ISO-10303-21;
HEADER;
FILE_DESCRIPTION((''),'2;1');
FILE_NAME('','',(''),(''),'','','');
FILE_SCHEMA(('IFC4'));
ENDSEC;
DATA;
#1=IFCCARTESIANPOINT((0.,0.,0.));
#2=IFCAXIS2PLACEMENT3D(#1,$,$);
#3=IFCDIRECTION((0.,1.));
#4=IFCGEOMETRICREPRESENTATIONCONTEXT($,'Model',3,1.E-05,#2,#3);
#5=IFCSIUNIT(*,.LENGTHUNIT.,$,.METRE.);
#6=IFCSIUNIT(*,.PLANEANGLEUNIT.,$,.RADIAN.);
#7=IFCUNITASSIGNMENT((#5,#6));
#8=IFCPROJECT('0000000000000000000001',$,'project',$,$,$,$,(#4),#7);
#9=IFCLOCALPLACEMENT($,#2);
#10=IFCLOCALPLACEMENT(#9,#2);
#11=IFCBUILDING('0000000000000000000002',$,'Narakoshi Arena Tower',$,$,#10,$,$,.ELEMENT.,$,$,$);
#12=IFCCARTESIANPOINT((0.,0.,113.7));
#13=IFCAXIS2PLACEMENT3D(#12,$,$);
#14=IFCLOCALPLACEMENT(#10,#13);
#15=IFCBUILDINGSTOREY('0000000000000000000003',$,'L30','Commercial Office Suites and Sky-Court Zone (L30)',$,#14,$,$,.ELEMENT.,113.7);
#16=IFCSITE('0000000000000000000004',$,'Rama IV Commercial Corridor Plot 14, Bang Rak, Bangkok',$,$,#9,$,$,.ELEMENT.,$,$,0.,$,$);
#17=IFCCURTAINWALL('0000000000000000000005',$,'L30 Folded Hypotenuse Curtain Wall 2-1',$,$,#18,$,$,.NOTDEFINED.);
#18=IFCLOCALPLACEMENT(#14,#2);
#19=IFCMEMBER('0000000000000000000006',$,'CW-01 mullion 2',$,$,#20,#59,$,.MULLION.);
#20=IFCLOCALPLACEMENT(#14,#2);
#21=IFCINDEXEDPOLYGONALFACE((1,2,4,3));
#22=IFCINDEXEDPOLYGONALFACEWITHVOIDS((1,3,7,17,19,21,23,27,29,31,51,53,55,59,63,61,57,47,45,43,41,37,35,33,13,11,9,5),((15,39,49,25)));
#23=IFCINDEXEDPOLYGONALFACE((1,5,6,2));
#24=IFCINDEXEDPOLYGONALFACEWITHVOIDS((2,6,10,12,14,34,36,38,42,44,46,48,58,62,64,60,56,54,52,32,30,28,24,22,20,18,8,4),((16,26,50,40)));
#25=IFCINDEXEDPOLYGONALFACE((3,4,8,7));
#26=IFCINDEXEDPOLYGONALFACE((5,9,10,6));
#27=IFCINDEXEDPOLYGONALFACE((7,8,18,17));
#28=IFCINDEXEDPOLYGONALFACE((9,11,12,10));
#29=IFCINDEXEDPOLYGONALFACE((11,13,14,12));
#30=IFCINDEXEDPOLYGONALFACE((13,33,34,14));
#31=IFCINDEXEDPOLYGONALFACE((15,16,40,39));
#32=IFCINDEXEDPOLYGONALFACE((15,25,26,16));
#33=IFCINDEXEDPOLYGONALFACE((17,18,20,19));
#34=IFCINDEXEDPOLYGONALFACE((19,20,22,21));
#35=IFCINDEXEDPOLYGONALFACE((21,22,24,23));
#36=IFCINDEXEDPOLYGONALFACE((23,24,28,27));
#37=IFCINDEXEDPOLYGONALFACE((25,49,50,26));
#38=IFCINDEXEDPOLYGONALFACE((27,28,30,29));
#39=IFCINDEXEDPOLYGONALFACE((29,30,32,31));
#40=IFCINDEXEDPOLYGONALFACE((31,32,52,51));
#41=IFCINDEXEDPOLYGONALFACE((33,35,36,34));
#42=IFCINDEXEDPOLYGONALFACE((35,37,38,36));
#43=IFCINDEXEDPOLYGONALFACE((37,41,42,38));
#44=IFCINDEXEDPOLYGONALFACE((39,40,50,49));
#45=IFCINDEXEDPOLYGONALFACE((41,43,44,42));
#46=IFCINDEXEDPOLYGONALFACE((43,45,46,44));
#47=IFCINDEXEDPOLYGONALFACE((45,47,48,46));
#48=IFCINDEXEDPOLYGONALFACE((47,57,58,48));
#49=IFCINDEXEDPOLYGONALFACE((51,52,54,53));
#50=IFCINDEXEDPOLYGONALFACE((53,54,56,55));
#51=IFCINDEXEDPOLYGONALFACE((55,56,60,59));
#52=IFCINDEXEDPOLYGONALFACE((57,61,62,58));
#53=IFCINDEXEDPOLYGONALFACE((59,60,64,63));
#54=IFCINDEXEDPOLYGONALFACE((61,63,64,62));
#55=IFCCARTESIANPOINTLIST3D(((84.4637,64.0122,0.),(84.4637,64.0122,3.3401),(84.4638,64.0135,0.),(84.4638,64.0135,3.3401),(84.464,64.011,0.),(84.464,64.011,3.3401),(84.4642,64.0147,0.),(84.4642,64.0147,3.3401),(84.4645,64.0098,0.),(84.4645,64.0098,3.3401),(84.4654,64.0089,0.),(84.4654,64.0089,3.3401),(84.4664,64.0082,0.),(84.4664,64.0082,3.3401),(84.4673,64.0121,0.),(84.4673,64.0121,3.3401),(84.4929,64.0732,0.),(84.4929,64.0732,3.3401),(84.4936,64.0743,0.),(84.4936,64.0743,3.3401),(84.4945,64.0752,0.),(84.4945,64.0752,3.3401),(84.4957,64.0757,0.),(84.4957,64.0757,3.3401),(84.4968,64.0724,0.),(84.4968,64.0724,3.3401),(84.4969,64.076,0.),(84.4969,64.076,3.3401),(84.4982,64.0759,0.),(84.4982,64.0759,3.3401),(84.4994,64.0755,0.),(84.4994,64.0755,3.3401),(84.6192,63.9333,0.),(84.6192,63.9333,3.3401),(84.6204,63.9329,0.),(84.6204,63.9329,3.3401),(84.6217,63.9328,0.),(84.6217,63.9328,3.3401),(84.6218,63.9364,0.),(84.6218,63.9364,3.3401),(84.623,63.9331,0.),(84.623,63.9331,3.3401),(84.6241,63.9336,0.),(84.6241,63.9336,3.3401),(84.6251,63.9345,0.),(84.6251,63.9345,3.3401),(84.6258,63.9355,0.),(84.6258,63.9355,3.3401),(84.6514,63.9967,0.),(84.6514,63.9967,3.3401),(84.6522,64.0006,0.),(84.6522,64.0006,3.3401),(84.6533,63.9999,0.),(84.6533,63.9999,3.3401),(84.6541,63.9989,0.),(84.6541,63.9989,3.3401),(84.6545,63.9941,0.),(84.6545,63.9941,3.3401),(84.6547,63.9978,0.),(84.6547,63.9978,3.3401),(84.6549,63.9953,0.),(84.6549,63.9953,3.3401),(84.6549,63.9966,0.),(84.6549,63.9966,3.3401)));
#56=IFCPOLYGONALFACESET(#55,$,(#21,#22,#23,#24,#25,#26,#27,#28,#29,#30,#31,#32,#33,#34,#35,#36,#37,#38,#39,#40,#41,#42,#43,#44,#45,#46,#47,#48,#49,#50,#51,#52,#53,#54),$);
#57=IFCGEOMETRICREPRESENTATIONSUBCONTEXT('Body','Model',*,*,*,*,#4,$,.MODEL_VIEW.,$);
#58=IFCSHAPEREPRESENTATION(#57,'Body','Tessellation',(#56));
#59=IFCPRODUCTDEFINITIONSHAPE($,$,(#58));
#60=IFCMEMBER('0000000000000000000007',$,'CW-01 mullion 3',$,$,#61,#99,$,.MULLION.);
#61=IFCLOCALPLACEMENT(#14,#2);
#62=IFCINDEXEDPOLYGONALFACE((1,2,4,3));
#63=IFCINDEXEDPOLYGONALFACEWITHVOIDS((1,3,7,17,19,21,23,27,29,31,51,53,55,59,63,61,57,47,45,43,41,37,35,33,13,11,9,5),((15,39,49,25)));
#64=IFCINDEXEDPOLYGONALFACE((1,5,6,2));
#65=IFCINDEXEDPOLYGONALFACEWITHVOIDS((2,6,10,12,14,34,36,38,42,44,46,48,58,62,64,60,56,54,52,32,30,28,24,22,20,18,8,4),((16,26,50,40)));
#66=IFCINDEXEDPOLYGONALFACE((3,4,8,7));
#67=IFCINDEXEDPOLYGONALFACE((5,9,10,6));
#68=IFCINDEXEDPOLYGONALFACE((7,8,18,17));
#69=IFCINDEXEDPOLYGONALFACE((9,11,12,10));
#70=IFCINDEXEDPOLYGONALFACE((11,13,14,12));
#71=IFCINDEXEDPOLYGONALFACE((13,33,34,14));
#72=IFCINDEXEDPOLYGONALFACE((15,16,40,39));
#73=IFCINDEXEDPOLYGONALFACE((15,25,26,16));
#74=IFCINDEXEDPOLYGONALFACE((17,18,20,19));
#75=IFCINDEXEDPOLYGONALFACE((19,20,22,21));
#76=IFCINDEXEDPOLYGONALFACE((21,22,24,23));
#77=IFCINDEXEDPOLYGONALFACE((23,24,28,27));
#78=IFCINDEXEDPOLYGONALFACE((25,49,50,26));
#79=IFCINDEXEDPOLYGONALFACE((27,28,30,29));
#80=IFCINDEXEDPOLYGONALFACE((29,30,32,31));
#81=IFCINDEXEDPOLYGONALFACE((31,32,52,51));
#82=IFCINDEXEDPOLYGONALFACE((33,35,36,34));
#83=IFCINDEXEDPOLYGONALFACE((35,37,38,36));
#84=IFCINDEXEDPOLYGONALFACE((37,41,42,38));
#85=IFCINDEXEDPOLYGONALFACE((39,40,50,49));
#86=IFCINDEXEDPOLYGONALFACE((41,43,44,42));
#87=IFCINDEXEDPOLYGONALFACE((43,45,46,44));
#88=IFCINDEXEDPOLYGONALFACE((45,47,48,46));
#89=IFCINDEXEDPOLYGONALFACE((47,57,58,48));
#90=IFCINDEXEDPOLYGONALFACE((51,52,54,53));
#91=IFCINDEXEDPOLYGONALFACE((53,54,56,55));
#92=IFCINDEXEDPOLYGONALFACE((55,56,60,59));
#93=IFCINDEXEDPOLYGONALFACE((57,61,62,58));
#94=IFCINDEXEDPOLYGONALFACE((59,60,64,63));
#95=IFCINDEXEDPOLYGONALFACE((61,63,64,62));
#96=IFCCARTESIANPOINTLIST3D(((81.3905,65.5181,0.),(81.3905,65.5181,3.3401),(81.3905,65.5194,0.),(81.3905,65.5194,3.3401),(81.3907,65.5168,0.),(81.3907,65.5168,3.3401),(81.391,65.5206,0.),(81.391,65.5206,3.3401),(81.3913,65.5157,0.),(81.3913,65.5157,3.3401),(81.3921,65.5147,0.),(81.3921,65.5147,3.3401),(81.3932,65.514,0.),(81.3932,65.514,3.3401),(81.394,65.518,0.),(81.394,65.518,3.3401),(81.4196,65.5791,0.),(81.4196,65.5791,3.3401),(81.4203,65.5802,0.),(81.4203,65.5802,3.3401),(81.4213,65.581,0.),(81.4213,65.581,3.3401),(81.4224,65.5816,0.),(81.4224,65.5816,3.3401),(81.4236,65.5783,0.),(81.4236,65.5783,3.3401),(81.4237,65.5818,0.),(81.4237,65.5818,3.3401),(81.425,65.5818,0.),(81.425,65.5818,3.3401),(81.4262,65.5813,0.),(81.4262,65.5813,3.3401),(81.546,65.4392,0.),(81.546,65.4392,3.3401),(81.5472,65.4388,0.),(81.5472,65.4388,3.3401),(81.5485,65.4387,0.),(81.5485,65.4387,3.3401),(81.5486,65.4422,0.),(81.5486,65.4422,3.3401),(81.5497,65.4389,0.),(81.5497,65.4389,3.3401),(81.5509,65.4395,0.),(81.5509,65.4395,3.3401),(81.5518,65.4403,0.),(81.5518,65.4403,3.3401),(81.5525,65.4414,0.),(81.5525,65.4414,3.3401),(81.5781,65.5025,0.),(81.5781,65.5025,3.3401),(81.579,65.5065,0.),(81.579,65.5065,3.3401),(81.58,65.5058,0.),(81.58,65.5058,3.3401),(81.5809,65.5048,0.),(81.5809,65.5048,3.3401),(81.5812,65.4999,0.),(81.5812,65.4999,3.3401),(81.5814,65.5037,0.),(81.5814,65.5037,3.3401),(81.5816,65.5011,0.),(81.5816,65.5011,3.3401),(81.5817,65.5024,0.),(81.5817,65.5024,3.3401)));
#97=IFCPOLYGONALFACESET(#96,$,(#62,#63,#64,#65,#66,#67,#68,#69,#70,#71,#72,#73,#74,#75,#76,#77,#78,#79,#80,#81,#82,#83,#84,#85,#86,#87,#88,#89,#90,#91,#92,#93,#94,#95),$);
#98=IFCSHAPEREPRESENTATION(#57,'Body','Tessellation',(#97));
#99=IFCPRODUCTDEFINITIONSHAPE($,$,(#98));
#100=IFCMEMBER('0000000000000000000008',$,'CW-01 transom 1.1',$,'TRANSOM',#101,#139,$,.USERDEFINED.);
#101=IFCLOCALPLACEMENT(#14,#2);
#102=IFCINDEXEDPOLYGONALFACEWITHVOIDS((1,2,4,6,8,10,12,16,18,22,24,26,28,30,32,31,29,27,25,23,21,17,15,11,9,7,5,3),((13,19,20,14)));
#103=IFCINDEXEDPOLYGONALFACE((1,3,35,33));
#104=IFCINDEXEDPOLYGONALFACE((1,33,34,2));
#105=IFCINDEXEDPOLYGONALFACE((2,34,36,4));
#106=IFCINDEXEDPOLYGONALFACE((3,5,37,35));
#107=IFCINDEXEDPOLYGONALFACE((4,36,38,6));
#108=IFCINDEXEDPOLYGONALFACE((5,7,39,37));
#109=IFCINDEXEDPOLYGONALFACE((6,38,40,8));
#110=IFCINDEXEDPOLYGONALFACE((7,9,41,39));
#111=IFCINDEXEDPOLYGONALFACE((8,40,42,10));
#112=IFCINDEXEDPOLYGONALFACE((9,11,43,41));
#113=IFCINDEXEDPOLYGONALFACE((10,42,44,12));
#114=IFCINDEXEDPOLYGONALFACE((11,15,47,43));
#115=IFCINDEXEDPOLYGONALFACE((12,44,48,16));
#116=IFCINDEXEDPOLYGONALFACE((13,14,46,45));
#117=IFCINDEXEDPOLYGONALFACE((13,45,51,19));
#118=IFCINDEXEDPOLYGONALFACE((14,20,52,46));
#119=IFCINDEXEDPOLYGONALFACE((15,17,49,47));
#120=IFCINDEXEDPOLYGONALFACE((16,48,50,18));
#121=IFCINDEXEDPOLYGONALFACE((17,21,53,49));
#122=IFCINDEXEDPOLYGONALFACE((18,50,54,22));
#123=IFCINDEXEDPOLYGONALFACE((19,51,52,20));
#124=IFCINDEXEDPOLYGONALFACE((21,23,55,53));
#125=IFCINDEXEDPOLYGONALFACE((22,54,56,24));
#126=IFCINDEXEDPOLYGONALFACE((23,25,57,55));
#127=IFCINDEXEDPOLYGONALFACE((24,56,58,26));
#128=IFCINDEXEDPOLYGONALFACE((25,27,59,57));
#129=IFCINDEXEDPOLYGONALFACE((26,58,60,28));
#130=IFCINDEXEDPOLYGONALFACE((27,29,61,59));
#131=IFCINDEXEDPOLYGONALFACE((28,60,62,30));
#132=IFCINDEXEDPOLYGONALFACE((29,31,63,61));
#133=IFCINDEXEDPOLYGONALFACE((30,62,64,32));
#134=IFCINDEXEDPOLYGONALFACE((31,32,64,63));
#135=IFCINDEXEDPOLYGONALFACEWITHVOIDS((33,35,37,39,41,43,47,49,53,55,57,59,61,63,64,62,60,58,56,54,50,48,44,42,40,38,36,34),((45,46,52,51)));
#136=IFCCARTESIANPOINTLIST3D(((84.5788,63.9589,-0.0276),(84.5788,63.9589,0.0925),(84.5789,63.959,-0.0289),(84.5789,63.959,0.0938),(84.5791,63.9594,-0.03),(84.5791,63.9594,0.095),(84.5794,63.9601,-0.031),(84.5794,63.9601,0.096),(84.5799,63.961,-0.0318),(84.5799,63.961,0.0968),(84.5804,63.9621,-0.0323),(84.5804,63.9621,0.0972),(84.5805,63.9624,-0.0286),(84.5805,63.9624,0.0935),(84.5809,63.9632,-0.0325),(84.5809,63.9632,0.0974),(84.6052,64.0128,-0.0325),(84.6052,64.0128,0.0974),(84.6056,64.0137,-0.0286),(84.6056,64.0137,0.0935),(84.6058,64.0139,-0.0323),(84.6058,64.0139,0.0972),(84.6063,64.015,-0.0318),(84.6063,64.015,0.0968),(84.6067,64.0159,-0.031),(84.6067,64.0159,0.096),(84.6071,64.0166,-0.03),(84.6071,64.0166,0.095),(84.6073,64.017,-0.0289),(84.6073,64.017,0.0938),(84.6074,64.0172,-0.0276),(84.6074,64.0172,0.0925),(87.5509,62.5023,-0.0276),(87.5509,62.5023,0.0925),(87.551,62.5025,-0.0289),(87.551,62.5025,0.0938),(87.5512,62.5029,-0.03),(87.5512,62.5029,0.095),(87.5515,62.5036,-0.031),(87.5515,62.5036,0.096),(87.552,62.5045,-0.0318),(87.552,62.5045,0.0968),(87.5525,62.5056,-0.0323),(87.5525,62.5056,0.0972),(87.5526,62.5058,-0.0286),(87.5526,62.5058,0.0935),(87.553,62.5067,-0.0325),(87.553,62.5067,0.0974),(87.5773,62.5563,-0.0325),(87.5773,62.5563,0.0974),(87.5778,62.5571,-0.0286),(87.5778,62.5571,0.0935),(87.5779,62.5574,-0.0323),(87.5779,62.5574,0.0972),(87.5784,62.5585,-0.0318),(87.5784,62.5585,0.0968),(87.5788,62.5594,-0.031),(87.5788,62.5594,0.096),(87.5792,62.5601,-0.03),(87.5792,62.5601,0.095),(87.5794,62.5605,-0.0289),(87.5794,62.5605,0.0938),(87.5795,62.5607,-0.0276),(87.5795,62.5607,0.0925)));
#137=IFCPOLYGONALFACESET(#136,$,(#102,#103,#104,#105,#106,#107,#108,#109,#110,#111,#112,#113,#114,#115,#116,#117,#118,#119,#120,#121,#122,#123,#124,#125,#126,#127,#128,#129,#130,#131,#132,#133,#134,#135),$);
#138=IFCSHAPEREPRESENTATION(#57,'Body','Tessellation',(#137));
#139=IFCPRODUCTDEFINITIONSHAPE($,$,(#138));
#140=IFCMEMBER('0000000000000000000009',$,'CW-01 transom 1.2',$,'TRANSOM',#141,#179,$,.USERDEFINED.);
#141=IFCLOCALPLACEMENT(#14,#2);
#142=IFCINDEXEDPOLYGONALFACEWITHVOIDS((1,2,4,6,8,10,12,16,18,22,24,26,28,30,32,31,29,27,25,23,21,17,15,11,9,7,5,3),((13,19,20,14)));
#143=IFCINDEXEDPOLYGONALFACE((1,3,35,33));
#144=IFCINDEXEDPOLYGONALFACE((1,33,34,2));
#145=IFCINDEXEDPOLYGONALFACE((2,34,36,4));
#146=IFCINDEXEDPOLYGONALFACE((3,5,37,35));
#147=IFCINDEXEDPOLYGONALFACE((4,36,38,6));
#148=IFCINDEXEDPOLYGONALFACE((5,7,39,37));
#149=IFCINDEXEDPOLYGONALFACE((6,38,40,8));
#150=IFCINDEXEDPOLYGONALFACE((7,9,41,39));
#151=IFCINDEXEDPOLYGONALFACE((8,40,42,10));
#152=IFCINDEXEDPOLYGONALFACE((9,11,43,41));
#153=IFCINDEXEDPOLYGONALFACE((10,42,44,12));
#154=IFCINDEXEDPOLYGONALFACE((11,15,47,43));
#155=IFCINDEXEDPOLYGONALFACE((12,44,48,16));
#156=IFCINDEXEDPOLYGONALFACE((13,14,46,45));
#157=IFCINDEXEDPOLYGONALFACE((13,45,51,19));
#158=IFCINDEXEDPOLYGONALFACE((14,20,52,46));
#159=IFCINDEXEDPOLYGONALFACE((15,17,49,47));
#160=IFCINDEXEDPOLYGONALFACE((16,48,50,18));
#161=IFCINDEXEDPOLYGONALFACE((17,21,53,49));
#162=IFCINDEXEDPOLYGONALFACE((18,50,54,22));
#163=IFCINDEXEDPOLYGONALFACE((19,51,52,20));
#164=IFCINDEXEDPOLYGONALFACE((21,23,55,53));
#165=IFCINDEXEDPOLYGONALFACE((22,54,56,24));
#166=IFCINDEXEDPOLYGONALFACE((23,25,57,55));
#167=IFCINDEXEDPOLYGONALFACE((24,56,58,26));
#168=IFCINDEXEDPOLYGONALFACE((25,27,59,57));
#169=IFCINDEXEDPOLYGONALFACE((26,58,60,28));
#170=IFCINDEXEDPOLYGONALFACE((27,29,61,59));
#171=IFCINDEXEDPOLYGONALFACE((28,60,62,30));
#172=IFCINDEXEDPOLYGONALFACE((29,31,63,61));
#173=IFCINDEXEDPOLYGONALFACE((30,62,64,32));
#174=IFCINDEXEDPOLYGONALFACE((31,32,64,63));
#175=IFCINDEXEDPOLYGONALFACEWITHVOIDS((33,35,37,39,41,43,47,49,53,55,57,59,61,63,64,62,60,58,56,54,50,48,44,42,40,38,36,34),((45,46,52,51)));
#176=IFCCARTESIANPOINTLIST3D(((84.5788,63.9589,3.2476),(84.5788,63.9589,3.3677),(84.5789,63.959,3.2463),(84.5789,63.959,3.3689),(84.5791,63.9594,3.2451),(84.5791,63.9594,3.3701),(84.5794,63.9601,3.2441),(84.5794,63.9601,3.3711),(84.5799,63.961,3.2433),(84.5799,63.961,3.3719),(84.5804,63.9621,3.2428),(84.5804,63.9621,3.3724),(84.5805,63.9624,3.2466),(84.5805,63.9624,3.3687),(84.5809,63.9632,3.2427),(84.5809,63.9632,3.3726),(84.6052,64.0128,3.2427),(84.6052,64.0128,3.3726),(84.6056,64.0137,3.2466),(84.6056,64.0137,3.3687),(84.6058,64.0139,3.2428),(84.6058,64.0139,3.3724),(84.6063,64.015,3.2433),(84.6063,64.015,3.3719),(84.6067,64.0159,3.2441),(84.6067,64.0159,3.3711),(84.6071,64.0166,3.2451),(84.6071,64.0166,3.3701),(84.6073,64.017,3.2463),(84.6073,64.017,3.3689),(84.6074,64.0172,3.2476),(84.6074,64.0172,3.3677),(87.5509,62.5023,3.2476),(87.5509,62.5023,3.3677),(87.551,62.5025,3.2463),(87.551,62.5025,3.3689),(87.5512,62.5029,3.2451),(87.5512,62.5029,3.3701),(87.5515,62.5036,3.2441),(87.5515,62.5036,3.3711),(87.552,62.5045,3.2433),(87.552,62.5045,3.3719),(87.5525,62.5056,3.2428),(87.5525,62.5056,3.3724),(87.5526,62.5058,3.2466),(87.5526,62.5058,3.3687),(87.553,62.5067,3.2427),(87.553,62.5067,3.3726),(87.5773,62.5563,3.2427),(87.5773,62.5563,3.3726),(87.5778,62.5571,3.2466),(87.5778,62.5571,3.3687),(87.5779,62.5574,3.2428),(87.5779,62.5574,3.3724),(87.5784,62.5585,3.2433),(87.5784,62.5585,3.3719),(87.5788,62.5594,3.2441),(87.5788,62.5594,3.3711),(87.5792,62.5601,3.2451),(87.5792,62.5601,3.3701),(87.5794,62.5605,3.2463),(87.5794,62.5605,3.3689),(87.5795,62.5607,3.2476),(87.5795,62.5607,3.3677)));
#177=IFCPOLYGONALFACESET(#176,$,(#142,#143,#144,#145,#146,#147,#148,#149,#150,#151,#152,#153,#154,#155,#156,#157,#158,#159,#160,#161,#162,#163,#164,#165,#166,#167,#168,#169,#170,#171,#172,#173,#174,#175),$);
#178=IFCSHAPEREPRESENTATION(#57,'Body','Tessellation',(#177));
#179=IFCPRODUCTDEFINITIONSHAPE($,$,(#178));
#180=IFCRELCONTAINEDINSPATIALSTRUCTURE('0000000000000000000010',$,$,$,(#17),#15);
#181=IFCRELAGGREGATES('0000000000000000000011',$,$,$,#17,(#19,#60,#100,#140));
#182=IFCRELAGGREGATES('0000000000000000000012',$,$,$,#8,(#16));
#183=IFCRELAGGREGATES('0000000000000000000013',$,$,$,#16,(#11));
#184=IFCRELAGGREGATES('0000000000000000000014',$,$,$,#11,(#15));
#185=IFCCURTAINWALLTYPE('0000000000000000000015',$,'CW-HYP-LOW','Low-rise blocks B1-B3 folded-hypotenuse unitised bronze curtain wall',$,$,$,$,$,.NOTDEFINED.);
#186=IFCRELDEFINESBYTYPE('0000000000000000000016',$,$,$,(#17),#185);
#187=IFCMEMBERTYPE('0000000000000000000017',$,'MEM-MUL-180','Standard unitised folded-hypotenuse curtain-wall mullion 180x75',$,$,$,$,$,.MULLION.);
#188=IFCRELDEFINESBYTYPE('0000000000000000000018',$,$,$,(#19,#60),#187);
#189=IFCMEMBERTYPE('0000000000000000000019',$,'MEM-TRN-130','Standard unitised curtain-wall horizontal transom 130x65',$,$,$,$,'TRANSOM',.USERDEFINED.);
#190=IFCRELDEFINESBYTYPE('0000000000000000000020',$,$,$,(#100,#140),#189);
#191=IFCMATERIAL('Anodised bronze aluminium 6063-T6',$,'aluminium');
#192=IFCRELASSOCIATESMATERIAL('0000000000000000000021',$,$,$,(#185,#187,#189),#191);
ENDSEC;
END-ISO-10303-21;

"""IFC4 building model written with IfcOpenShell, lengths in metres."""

from ifc_helpers import new_model, si_unit, direction, frame, origin, origin_2d, place, context, subcontext, project, spatial, hollow_rectangle, extrude, material, material_profile, profile_set, type_object, element, aggregate, save


model = new_model("IFC4")

# Units and contexts
model_context = context("Model", 3, precision=1e-05, world=origin(), true_north=direction((0.0, 1.0)))
body_context = subcontext(model_context, "Body", "Model", "MODEL_VIEW")
ifc_project = project(units=[si_unit("LENGTHUNIT", "METRE"), si_unit("PLANEANGLEUNIT", "RADIAN")], contexts=[model_context])

# Site, building, storey
site_placement = place(None, origin())
site = spatial("IfcSite", under=ifc_project, at=site_placement, Name="Rama IV Commercial Corridor Plot 14, Bang Rak, Bangkok", CompositionType="ELEMENT", RefElevation=0.0)
building_placement = place(site_placement, origin())
building = spatial("IfcBuilding", under=site, at=building_placement, Name="Narakoshi Arena Tower", CompositionType="ELEMENT")
storey_placement = place(building_placement, frame((0.0, 0.0, 113.7)))
storey = spatial("IfcBuildingStorey", under=building, at=storey_placement, Name="L30", Description="Commercial Office Suites and Sky-Court Zone (L30)", CompositionType="ELEMENT", Elevation=113.7)

# Curtain wall, members
ifc_material_1 = material(Name="Anodised bronze aluminium 6063-T6", Category="aluminium")
curtain_wall_type = type_object("IfcCurtainWallType", Name="CW-HYP-LOW", Description="Low-rise blocks B1-B3 folded-hypotenuse unitised bronze curtain wall", PredefinedType="NOTDEFINED", material=ifc_material_1)
curtain_wall_placement = place(storey_placement, origin())
curtain_wall = element("IfcCurtainWall", 1, at=curtain_wall_placement, inside=storey, type_object=curtain_wall_type, Name="L30 Folded Hypotenuse Curtain Wall 2-1", PredefinedType="NOTDEFINED")
ifc_material_profile_1 = material_profile(ifc_material_1, hollow_rectangle(XDim=0.075, YDim=0.1799, WallThickness=0.0039, OuterFilletRadius=0.0049, at=origin_2d()), Name="MUL180x75x4")
ifc_profile_set_1 = profile_set([ifc_material_profile_1], Name="Anodised bronze aluminium 6063-T6")
member_type_1 = type_object("IfcMemberType", Name="MEM-MUL-180", Description="Standard unitised folded-hypotenuse curtain-wall mullion 180x75", PredefinedType="MULLION", material=ifc_profile_set_1)
member_1_placement = place(storey_placement, frame((84.5593, 64.0044, 0.0), z_axis=(0.0, 0.0, 1.0), x_axis=(-0.440005, -0.897996, 0.0)))
member_1 = element("IfcMember", 2, at=member_1_placement, type_object=member_type_1, Name="CW-01 mullion 2", PredefinedType="MULLION", context=body_context, shape_type="SweptSolid", body=[
    extrude(hollow_rectangle(XDim=0.075, YDim=0.1799, WallThickness=0.0039, OuterFilletRadius=0.0049, at=origin_2d()), origin(), (0.0, 0.0, 1.0), 3.3401),
])
member_2_placement = place(storey_placement, frame((81.4861, 65.5103, 0.0), z_axis=(0.0, 0.0, 1.0), x_axis=(-0.440005, -0.897996, 0.0)))
member_2 = element("IfcMember", 3, at=member_2_placement, type_object=member_type_1, Name="CW-01 mullion 3", PredefinedType="MULLION", context=body_context, shape_type="SweptSolid", body=[
    extrude(hollow_rectangle(XDim=0.075, YDim=0.1799, WallThickness=0.0039, OuterFilletRadius=0.0049, at=origin_2d()), origin(), (0.0, 0.0, 1.0), 3.3401),
])
ifc_material_profile_2 = material_profile(ifc_material_1, hollow_rectangle(XDim=0.0649, YDim=0.1299, WallThickness=0.0039, OuterFilletRadius=0.0049, at=origin_2d()), Name="TRN130x65x4")
ifc_profile_set_2 = profile_set([ifc_material_profile_2], Name="Anodised bronze aluminium 6063-T6")
member_type_2 = type_object("IfcMemberType", Name="MEM-TRN-130", Description="Standard unitised curtain-wall horizontal transom 130x65", ElementType="TRANSOM", PredefinedType="USERDEFINED", material=ifc_profile_set_2)
member_3_placement = place(storey_placement, frame((87.5652, 62.5315, 0.0325), z_axis=(-0.897969, 0.440059, 0.0), x_axis=(-0.440059, -0.897969, 0.0)))
member_3 = element("IfcMember", 4, at=member_3_placement, type_object=member_type_2, Name="CW-01 transom 1.1", ObjectType="TRANSOM", PredefinedType="USERDEFINED", context=body_context, shape_type="SweptSolid", body=[
    extrude(hollow_rectangle(XDim=0.0649, YDim=0.1299, WallThickness=0.0039, OuterFilletRadius=0.0049, at=origin_2d()), origin(), (0.0, 0.0, 1.0), 3.3098),
])
member_4_placement = place(storey_placement, frame((87.5652, 62.5315, 3.3076), z_axis=(-0.897969, 0.440059, 0.0), x_axis=(-0.440059, -0.897969, 0.0)))
member_4 = element("IfcMember", 5, at=member_4_placement, type_object=member_type_2, Name="CW-01 transom 1.2", ObjectType="TRANSOM", PredefinedType="USERDEFINED", context=body_context, shape_type="SweptSolid", body=[
    extrude(hollow_rectangle(XDim=0.0649, YDim=0.1299, WallThickness=0.0039, OuterFilletRadius=0.0049, at=origin_2d()), origin(), (0.0, 0.0, 1.0), 3.3098),
])
aggregate(curtain_wall, [member_1, member_2, member_3, member_4])

save(model, "model.ifc")
